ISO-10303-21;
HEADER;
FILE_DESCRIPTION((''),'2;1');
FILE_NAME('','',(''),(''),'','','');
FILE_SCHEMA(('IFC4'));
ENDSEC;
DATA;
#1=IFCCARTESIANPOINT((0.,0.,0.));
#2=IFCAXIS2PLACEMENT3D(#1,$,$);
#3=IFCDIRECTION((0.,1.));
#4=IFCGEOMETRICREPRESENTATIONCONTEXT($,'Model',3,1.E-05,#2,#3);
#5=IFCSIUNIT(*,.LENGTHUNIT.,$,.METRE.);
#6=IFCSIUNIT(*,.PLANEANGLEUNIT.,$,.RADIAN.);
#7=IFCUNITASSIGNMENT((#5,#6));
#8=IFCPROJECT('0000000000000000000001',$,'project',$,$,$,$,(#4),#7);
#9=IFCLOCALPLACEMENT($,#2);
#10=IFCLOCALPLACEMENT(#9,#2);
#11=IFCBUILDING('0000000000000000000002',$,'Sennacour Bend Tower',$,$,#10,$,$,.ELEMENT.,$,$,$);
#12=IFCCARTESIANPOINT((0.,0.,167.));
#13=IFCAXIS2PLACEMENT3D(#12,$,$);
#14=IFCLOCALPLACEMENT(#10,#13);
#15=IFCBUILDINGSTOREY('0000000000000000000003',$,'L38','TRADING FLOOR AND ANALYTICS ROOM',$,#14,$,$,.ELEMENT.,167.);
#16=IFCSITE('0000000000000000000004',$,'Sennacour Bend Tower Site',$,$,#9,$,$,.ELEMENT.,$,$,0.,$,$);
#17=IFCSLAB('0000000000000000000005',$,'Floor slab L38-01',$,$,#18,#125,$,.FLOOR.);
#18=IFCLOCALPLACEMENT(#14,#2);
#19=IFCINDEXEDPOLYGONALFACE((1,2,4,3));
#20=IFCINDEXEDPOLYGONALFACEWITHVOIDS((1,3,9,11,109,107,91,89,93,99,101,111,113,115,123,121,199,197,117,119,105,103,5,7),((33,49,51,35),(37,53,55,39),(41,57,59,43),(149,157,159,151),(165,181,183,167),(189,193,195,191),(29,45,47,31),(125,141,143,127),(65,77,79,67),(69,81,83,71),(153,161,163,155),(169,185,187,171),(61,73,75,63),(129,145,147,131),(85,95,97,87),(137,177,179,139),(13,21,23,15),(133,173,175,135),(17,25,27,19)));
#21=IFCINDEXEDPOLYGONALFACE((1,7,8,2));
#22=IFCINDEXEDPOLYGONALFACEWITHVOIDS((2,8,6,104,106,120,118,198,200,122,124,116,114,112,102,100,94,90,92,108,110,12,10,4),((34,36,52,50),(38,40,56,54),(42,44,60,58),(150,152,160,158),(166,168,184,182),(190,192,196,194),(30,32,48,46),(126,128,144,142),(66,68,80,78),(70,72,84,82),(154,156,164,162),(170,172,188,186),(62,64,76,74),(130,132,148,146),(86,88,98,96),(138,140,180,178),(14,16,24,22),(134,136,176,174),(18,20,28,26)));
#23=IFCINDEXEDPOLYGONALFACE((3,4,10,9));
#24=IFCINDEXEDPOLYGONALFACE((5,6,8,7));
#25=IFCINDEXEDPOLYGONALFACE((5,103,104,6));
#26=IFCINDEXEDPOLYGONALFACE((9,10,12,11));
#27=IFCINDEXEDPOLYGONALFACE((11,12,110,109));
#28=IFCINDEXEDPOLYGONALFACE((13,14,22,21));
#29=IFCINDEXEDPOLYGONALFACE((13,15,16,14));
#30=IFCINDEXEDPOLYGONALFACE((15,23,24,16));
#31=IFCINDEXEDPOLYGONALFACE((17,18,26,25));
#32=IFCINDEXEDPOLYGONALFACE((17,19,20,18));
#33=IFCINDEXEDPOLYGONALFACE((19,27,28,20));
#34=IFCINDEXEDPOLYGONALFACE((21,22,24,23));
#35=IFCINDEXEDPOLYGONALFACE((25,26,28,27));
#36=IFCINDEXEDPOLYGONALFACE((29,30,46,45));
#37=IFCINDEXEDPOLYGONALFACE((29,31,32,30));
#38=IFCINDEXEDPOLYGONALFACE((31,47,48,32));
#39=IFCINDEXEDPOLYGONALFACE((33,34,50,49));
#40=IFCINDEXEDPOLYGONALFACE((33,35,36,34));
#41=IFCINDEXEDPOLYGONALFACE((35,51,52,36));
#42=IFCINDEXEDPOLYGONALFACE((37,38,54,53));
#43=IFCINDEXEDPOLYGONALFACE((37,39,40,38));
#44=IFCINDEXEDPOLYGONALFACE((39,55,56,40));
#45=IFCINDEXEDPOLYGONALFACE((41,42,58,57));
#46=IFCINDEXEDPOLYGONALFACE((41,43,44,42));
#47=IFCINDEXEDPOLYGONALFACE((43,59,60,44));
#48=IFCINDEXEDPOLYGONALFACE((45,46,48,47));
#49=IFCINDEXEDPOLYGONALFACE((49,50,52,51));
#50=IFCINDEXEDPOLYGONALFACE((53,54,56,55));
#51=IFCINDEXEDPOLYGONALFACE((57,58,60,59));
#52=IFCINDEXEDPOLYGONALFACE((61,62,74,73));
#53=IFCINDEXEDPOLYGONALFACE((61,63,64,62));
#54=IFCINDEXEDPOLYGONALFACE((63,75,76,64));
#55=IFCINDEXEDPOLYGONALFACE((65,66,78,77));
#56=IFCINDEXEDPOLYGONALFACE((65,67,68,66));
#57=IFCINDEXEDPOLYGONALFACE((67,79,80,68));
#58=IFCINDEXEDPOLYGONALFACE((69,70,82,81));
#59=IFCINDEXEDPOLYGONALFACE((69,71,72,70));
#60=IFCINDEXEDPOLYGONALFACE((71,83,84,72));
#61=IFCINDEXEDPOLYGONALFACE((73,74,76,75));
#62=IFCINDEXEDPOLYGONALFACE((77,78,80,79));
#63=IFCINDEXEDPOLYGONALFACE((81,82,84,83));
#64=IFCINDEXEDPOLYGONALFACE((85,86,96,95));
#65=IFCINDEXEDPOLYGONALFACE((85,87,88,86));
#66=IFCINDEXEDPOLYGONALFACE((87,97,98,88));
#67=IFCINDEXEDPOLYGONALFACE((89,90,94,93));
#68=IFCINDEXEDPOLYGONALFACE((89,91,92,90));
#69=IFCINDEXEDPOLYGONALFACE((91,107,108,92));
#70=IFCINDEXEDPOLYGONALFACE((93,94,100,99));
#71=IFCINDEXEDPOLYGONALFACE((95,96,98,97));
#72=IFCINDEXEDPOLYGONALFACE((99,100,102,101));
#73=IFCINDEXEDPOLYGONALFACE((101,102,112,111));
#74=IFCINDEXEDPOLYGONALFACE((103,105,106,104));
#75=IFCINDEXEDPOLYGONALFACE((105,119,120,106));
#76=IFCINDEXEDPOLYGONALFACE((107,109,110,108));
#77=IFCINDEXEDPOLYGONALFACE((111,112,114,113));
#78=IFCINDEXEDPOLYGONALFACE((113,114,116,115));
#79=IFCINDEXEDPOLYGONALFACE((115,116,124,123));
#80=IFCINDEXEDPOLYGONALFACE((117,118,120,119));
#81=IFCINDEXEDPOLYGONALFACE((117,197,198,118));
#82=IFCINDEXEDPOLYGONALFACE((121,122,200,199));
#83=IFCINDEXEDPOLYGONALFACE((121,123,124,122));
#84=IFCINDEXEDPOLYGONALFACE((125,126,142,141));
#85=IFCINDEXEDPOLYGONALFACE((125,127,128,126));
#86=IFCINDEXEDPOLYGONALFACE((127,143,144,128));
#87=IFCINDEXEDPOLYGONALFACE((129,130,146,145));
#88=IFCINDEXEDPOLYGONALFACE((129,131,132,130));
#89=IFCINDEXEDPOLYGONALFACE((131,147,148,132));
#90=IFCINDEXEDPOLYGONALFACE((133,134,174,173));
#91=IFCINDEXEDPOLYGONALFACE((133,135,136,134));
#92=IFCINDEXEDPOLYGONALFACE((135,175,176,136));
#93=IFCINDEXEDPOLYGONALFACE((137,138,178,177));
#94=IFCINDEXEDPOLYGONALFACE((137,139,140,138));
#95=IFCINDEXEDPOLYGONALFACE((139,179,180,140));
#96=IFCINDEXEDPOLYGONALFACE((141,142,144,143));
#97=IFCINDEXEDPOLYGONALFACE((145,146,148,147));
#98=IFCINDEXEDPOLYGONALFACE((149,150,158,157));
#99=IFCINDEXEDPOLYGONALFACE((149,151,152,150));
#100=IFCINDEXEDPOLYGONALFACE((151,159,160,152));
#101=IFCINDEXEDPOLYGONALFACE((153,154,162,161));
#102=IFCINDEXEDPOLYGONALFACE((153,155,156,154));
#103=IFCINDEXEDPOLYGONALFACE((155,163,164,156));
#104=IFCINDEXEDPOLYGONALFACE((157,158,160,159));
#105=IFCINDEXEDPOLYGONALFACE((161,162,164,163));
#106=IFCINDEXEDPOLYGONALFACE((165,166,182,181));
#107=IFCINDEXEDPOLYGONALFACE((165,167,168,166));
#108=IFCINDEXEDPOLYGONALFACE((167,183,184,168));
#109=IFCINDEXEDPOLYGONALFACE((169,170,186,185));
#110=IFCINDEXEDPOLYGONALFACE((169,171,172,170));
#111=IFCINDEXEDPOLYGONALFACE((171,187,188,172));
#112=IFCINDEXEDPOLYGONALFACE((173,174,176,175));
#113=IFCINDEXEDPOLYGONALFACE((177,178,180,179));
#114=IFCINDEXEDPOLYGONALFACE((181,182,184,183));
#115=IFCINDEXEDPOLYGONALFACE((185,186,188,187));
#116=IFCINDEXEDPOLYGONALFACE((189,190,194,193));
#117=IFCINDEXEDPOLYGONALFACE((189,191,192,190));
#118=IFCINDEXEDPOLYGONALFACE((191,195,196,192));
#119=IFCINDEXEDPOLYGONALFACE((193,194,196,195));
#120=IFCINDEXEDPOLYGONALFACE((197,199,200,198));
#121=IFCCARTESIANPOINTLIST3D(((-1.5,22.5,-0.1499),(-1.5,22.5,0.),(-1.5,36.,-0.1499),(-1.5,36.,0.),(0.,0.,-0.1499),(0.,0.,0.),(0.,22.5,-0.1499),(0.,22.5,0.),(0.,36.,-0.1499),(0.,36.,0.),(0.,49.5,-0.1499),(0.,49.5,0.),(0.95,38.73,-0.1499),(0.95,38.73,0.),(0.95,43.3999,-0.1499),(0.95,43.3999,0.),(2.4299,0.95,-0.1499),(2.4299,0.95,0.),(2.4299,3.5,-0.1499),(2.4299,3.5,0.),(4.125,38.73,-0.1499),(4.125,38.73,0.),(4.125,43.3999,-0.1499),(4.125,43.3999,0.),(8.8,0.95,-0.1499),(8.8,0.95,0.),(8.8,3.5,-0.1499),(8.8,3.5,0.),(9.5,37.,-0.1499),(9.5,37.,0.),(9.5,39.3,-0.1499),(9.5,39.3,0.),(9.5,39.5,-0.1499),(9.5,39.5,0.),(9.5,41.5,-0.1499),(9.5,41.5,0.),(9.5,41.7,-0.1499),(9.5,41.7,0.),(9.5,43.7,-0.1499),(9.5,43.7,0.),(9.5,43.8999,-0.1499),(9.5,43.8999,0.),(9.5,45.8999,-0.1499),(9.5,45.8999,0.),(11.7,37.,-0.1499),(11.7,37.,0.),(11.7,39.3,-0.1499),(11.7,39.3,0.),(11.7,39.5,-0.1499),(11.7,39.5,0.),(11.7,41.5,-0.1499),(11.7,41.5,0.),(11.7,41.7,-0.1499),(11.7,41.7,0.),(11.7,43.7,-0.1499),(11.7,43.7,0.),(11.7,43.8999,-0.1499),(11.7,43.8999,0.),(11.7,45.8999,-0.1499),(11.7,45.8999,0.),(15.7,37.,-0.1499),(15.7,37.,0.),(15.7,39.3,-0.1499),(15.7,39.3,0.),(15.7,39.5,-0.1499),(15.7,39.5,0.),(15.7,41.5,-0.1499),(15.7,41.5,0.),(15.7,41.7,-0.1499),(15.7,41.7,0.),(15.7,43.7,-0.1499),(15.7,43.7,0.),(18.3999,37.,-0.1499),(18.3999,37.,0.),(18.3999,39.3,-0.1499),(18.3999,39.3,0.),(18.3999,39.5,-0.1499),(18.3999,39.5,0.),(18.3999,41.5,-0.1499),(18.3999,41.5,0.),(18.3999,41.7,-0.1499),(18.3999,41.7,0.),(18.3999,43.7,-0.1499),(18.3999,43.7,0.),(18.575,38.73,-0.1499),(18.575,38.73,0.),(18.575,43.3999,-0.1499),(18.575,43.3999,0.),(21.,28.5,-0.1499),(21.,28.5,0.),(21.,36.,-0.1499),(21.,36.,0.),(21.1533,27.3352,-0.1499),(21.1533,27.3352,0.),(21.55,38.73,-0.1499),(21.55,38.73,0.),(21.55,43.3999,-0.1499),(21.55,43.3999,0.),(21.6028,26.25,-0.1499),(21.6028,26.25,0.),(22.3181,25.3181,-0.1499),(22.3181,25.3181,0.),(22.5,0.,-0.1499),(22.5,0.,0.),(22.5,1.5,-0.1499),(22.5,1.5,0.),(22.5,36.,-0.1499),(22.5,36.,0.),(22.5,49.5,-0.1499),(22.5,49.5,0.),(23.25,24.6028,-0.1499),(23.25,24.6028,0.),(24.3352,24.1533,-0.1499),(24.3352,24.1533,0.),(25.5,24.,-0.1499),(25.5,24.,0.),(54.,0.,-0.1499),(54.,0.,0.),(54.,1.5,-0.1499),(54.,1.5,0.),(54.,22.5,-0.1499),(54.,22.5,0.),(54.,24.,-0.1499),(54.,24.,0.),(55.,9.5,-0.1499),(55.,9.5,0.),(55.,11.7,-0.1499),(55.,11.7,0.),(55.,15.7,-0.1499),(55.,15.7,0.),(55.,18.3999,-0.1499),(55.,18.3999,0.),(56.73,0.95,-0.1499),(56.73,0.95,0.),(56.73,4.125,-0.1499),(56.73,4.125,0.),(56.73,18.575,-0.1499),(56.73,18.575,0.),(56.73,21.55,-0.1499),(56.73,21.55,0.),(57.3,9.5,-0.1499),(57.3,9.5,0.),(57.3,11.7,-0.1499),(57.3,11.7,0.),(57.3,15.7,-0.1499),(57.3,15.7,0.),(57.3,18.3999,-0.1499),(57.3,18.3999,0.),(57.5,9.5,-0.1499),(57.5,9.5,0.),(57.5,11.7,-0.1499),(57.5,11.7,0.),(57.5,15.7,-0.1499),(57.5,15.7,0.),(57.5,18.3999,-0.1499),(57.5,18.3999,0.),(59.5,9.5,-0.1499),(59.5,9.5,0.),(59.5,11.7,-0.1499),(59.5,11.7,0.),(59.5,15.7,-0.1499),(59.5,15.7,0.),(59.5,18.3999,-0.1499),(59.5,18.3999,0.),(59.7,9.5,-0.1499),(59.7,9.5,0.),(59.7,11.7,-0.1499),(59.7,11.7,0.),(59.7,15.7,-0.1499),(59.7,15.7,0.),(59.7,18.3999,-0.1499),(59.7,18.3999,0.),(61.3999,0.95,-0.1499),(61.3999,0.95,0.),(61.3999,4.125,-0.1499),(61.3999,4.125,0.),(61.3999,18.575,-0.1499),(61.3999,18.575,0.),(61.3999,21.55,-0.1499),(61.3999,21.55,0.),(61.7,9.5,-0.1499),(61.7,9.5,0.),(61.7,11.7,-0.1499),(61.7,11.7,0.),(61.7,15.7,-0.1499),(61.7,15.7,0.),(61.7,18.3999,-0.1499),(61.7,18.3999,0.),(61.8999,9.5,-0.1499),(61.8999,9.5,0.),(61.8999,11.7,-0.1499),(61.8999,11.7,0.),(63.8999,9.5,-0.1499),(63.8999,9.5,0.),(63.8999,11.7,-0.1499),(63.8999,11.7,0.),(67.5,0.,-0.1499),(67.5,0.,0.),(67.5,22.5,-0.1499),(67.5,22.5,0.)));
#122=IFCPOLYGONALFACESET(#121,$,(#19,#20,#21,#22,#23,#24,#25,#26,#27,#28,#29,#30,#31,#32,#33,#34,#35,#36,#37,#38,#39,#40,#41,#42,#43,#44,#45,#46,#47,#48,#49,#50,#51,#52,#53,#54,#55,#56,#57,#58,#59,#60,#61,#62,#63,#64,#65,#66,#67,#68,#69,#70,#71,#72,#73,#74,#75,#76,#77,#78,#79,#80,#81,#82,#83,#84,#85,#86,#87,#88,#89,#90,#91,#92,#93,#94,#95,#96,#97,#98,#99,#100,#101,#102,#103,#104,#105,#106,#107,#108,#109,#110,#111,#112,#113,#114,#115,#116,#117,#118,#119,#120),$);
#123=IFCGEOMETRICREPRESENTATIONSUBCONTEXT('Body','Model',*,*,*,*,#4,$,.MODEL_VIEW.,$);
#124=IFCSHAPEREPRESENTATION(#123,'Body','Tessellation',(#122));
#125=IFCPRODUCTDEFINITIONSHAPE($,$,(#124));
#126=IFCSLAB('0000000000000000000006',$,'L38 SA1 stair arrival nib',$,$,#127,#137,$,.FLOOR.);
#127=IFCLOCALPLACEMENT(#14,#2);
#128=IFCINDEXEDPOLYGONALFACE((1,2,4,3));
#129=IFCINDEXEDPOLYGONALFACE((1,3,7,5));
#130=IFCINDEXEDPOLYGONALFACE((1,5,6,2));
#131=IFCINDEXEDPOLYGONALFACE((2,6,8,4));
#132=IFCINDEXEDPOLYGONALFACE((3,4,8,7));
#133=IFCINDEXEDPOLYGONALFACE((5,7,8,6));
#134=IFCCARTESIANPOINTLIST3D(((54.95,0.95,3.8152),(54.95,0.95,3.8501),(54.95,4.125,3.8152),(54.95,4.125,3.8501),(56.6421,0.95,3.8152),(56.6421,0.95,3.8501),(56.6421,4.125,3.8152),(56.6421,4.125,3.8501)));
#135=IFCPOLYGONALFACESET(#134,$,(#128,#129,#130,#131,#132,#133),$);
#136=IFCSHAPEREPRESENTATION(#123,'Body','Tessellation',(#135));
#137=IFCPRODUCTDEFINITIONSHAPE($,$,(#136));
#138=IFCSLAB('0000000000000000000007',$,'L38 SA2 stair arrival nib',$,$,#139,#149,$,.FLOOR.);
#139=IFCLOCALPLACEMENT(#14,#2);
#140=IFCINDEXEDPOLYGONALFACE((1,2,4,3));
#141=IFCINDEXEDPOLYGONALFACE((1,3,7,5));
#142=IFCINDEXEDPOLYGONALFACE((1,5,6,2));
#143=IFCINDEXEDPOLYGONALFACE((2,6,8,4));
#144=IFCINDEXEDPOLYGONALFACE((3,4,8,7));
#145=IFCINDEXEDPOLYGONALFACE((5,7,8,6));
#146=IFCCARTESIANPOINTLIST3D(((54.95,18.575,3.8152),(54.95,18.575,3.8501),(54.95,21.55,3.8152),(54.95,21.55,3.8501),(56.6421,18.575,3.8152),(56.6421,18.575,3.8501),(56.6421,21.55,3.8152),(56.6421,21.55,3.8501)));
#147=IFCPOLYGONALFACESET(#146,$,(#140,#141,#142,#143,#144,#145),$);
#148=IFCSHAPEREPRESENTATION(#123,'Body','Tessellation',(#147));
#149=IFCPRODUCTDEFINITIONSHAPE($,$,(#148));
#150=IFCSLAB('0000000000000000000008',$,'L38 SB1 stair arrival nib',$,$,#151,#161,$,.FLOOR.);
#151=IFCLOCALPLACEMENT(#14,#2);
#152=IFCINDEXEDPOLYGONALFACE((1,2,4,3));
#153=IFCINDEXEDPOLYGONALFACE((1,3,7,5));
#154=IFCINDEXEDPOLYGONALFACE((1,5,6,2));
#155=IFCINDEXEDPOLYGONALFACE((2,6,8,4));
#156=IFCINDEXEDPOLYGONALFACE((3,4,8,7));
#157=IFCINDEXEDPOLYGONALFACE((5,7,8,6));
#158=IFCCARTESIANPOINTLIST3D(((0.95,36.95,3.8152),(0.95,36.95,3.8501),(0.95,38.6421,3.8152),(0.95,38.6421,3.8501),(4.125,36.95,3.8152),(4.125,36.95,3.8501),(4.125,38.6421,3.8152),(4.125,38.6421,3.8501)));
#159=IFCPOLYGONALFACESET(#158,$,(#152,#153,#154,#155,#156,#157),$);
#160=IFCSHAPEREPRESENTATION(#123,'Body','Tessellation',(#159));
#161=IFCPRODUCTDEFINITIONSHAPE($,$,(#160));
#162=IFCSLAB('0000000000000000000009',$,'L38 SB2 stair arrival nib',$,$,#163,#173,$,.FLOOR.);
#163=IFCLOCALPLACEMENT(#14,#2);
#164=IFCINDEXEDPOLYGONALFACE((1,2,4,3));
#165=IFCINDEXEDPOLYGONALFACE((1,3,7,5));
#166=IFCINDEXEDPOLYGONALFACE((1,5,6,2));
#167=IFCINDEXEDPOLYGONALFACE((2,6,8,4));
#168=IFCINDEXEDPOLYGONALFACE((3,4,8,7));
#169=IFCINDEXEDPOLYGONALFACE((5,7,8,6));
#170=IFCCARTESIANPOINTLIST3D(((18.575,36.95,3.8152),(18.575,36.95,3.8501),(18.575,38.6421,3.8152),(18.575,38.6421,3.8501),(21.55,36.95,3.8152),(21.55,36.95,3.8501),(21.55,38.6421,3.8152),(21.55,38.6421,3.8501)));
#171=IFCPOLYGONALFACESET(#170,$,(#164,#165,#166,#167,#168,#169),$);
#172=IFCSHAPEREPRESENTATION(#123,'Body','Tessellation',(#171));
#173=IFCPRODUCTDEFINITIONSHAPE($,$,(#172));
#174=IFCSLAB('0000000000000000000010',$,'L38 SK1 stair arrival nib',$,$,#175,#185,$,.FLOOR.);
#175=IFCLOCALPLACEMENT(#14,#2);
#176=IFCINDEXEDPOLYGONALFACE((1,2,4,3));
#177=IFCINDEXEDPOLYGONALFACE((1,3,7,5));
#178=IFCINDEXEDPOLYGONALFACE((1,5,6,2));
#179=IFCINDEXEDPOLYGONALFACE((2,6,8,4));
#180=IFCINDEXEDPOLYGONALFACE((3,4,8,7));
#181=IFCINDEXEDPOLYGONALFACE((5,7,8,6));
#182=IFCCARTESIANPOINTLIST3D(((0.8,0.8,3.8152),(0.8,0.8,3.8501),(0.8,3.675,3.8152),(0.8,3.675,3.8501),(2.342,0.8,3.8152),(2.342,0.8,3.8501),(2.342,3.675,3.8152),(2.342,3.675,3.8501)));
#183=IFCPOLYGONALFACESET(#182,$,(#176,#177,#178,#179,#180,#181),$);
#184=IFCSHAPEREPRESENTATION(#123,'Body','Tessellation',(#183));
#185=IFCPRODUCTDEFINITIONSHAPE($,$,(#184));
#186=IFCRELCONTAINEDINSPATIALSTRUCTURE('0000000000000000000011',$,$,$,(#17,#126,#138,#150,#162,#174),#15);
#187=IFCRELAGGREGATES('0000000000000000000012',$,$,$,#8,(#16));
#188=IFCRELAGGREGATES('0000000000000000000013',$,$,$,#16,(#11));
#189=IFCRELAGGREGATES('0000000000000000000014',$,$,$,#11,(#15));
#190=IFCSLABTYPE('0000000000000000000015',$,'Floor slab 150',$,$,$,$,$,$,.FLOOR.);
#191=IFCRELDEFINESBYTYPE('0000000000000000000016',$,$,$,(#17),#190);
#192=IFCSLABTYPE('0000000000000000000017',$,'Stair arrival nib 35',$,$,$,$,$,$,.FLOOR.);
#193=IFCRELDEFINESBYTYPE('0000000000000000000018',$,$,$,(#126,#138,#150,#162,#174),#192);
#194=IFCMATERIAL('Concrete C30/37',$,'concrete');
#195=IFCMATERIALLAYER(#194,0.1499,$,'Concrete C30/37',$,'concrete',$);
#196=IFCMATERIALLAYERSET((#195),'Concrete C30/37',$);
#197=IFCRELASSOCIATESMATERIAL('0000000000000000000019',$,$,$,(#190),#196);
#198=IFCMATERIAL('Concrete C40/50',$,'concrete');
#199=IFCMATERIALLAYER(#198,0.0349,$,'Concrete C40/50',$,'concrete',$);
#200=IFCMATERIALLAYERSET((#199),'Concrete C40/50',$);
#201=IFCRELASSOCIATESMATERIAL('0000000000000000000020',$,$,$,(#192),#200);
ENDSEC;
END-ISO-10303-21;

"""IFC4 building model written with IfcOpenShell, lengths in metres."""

from ifc_helpers import new_model, si_unit, direction, frame, origin, place, context, subcontext, project, spatial, polyline, outline, extrude, material, layer, layer_set, type_object, element, save


model = new_model("IFC4")

# Units and contexts
model_context = context("Model", 3, precision=1e-05, world=origin(), true_north=direction((0.0, 1.0)))
body_context = subcontext(model_context, "Body", "Model", "MODEL_VIEW")
ifc_project = project(units=[si_unit("LENGTHUNIT", "METRE"), si_unit("PLANEANGLEUNIT", "RADIAN")], contexts=[model_context])

# Site, building, storey
site_placement = place(None, origin())
site = spatial("IfcSite", under=ifc_project, at=site_placement, Name="Sennacour Bend Tower Site", CompositionType="ELEMENT", RefElevation=0.0)
building_placement = place(site_placement, origin())
building = spatial("IfcBuilding", under=site, at=building_placement, Name="Sennacour Bend Tower", CompositionType="ELEMENT")
storey_placement = place(building_placement, frame((0.0, 0.0, 167.0)))
storey = spatial("IfcBuildingStorey", under=building, at=storey_placement, Name="L38", Description="TRADING FLOOR AND ANALYTICS ROOM", CompositionType="ELEMENT", Elevation=167.0)

# Slabs
ifc_material_1 = material(Name="Concrete C30/37", Category="concrete")
ifc_layer_1 = layer(ifc_material_1, 0.1499, Name="Concrete C30/37", Category="concrete")
ifc_layer_set_1 = layer_set([ifc_layer_1], Name="Concrete C30/37")
slab_type_1 = type_object("IfcSlabType", Name="Floor slab 150", PredefinedType="FLOOR", material=ifc_layer_set_1)
slab_1_placement = place(storey_placement, frame((0.0, 0.0, -0.1499)))
element("IfcSlab", 1, at=slab_1_placement, inside=storey, type_object=slab_type_1, Name="Floor slab L38-01", PredefinedType="FLOOR", context=body_context, shape_type="SweptSolid", body=[
    extrude(outline(polyline([(0.0, 22.5), (-1.5, 22.5), (-1.5, 36.0), (0.0, 36.0), (0.0, 49.5), (22.5, 49.5), (22.5, 36.0), (21.0, 36.0), (21.0, 28.5), (21.1533, 27.3352), (21.6028, 26.25), (22.3181, 25.3181), (23.25, 24.6028), (24.3352, 24.1533), (25.5, 24.0), (54.0, 24.0), (54.0, 22.5), (67.5, 22.5), (67.5, 0.0), (54.0, 0.0), (54.0, 1.5), (22.5, 1.5), (22.5, 0.0), (0.0, 0.0), (0.0, 22.5)]), holes=[polyline([(8.8, 0.95), (8.8, 3.5), (2.4299, 3.5), (2.4299, 0.95), (8.8, 0.95)]), polyline([(11.7, 37.0), (11.7, 39.3), (9.5, 39.3), (9.5, 37.0), (11.7, 37.0)]), polyline([(18.3999, 37.0), (18.3999, 39.3), (15.7, 39.3), (15.7, 37.0), (18.3999, 37.0)]), polyline([(11.7, 39.5), (11.7, 41.5), (9.5, 41.5), (9.5, 39.5), (11.7, 39.5)]), polyline([(18.3999, 39.5), (18.3999, 41.5), (15.7, 41.5), (15.7, 39.5), (18.3999, 39.5)]), polyline([(4.125, 38.73), (4.125, 43.3999), (0.95, 43.3999), (0.95, 38.73), (4.125, 38.73)]), polyline([(21.55, 38.73), (21.55, 43.3999), (18.575, 43.3999), (18.575, 38.73), (21.55, 38.73)]), polyline([(9.5, 41.7), (11.7, 41.7), (11.7, 43.7), (9.5, 43.7), (9.5, 41.7)]), polyline([(15.7, 41.7), (18.3999, 41.7), (18.3999, 43.7), (15.7, 43.7), (15.7, 41.7)]), polyline([(11.7, 43.8999), (11.7, 45.8999), (9.5, 45.8999), (9.5, 43.8999), (11.7, 43.8999)]), polyline([(61.3999, 0.95), (61.3999, 4.125), (56.73, 4.125), (56.73, 0.95), (61.3999, 0.95)]), polyline([(57.3, 9.5), (57.3, 11.7), (55.0, 11.7), (55.0, 9.5), (57.3, 9.5)]), polyline([(57.5, 9.5), (59.5, 9.5), (59.5, 11.7), (57.5, 11.7), (57.5, 9.5)]), polyline([(59.7, 9.5), (61.7, 9.5), (61.7, 11.7), (59.7, 11.7), (59.7, 9.5)]), polyline([(63.8999, 9.5), (63.8999, 11.7), (61.8999, 11.7), (61.8999, 9.5), (63.8999, 9.5)]), polyline([(57.3, 15.7), (57.3, 18.3999), (55.0, 18.3999), (55.0, 15.7), (57.3, 15.7)]), polyline([(59.5, 15.7), (59.5, 18.3999), (57.5, 18.3999), (57.5, 15.7), (59.5, 15.7)]), polyline([(59.7, 15.7), (61.7, 15.7), (61.7, 18.3999), (59.7, 18.3999), (59.7, 15.7)]), polyline([(56.73, 18.575), (61.3999, 18.575), (61.3999, 21.55), (56.73, 21.55), (56.73, 18.575)])]), origin(), (0.0, 0.0, 1.0), 0.1499),
])
ifc_material_2 = material(Name="Concrete C40/50", Category="concrete")
ifc_layer_2 = layer(ifc_material_2, 0.0349, Name="Concrete C40/50", Category="concrete")
ifc_layer_set_2 = layer_set([ifc_layer_2], Name="Concrete C40/50")
slab_type_2 = type_object("IfcSlabType", Name="Stair arrival nib 35", PredefinedType="FLOOR", material=ifc_layer_set_2)
slab_2_placement = place(storey_placement, frame((0.0, 0.0, 3.8152)))
element("IfcSlab", 2, at=slab_2_placement, inside=storey, type_object=slab_type_2, Name="L38 SA1 stair arrival nib", PredefinedType="FLOOR", context=body_context, shape_type="SweptSolid", body=[
    extrude(outline(polyline([(56.6421, 4.125), (54.95, 4.125), (54.95, 0.95), (56.6421, 0.95), (56.6421, 4.125)])), origin(), (0.0, 0.0, 1.0), 0.0349),
])
slab_3_placement = place(storey_placement, frame((0.0, 0.0, 3.8152)))
element("IfcSlab", 3, at=slab_3_placement, inside=storey, type_object=slab_type_2, Name="L38 SA2 stair arrival nib", PredefinedType="FLOOR", context=body_context, shape_type="SweptSolid", body=[
    extrude(outline(polyline([(56.6421, 21.55), (54.95, 21.55), (54.95, 18.575), (56.6421, 18.575), (56.6421, 21.55)])), origin(), (0.0, 0.0, 1.0), 0.0349),
])
slab_4_placement = place(storey_placement, frame((0.0, 0.0, 3.8152)))
element("IfcSlab", 4, at=slab_4_placement, inside=storey, type_object=slab_type_2, Name="L38 SB1 stair arrival nib", PredefinedType="FLOOR", context=body_context, shape_type="SweptSolid", body=[
    extrude(outline(polyline([(0.95, 38.6421), (0.95, 36.95), (4.125, 36.95), (4.125, 38.6421), (0.95, 38.6421)])), origin(), (0.0, 0.0, 1.0), 0.0349),
])
slab_5_placement = place(storey_placement, frame((0.0, 0.0, 3.8152)))
element("IfcSlab", 5, at=slab_5_placement, inside=storey, type_object=slab_type_2, Name="L38 SB2 stair arrival nib", PredefinedType="FLOOR", context=body_context, shape_type="SweptSolid", body=[
    extrude(outline(polyline([(18.575, 38.6421), (18.575, 36.95), (21.55, 36.95), (21.55, 38.6421), (18.575, 38.6421)])), origin(), (0.0, 0.0, 1.0), 0.0349),
])
slab_6_placement = place(storey_placement, frame((0.0, 0.0, 3.8152)))
element("IfcSlab", 6, at=slab_6_placement, inside=storey, type_object=slab_type_2, Name="L38 SK1 stair arrival nib", PredefinedType="FLOOR", context=body_context, shape_type="SweptSolid", body=[
    extrude(outline(polyline([(2.342, 3.675), (0.8, 3.675), (0.8, 0.8), (2.342, 0.8), (2.342, 3.675)])), origin(), (0.0, 0.0, 1.0), 0.0349),
])

save(model, "model.ifc")
